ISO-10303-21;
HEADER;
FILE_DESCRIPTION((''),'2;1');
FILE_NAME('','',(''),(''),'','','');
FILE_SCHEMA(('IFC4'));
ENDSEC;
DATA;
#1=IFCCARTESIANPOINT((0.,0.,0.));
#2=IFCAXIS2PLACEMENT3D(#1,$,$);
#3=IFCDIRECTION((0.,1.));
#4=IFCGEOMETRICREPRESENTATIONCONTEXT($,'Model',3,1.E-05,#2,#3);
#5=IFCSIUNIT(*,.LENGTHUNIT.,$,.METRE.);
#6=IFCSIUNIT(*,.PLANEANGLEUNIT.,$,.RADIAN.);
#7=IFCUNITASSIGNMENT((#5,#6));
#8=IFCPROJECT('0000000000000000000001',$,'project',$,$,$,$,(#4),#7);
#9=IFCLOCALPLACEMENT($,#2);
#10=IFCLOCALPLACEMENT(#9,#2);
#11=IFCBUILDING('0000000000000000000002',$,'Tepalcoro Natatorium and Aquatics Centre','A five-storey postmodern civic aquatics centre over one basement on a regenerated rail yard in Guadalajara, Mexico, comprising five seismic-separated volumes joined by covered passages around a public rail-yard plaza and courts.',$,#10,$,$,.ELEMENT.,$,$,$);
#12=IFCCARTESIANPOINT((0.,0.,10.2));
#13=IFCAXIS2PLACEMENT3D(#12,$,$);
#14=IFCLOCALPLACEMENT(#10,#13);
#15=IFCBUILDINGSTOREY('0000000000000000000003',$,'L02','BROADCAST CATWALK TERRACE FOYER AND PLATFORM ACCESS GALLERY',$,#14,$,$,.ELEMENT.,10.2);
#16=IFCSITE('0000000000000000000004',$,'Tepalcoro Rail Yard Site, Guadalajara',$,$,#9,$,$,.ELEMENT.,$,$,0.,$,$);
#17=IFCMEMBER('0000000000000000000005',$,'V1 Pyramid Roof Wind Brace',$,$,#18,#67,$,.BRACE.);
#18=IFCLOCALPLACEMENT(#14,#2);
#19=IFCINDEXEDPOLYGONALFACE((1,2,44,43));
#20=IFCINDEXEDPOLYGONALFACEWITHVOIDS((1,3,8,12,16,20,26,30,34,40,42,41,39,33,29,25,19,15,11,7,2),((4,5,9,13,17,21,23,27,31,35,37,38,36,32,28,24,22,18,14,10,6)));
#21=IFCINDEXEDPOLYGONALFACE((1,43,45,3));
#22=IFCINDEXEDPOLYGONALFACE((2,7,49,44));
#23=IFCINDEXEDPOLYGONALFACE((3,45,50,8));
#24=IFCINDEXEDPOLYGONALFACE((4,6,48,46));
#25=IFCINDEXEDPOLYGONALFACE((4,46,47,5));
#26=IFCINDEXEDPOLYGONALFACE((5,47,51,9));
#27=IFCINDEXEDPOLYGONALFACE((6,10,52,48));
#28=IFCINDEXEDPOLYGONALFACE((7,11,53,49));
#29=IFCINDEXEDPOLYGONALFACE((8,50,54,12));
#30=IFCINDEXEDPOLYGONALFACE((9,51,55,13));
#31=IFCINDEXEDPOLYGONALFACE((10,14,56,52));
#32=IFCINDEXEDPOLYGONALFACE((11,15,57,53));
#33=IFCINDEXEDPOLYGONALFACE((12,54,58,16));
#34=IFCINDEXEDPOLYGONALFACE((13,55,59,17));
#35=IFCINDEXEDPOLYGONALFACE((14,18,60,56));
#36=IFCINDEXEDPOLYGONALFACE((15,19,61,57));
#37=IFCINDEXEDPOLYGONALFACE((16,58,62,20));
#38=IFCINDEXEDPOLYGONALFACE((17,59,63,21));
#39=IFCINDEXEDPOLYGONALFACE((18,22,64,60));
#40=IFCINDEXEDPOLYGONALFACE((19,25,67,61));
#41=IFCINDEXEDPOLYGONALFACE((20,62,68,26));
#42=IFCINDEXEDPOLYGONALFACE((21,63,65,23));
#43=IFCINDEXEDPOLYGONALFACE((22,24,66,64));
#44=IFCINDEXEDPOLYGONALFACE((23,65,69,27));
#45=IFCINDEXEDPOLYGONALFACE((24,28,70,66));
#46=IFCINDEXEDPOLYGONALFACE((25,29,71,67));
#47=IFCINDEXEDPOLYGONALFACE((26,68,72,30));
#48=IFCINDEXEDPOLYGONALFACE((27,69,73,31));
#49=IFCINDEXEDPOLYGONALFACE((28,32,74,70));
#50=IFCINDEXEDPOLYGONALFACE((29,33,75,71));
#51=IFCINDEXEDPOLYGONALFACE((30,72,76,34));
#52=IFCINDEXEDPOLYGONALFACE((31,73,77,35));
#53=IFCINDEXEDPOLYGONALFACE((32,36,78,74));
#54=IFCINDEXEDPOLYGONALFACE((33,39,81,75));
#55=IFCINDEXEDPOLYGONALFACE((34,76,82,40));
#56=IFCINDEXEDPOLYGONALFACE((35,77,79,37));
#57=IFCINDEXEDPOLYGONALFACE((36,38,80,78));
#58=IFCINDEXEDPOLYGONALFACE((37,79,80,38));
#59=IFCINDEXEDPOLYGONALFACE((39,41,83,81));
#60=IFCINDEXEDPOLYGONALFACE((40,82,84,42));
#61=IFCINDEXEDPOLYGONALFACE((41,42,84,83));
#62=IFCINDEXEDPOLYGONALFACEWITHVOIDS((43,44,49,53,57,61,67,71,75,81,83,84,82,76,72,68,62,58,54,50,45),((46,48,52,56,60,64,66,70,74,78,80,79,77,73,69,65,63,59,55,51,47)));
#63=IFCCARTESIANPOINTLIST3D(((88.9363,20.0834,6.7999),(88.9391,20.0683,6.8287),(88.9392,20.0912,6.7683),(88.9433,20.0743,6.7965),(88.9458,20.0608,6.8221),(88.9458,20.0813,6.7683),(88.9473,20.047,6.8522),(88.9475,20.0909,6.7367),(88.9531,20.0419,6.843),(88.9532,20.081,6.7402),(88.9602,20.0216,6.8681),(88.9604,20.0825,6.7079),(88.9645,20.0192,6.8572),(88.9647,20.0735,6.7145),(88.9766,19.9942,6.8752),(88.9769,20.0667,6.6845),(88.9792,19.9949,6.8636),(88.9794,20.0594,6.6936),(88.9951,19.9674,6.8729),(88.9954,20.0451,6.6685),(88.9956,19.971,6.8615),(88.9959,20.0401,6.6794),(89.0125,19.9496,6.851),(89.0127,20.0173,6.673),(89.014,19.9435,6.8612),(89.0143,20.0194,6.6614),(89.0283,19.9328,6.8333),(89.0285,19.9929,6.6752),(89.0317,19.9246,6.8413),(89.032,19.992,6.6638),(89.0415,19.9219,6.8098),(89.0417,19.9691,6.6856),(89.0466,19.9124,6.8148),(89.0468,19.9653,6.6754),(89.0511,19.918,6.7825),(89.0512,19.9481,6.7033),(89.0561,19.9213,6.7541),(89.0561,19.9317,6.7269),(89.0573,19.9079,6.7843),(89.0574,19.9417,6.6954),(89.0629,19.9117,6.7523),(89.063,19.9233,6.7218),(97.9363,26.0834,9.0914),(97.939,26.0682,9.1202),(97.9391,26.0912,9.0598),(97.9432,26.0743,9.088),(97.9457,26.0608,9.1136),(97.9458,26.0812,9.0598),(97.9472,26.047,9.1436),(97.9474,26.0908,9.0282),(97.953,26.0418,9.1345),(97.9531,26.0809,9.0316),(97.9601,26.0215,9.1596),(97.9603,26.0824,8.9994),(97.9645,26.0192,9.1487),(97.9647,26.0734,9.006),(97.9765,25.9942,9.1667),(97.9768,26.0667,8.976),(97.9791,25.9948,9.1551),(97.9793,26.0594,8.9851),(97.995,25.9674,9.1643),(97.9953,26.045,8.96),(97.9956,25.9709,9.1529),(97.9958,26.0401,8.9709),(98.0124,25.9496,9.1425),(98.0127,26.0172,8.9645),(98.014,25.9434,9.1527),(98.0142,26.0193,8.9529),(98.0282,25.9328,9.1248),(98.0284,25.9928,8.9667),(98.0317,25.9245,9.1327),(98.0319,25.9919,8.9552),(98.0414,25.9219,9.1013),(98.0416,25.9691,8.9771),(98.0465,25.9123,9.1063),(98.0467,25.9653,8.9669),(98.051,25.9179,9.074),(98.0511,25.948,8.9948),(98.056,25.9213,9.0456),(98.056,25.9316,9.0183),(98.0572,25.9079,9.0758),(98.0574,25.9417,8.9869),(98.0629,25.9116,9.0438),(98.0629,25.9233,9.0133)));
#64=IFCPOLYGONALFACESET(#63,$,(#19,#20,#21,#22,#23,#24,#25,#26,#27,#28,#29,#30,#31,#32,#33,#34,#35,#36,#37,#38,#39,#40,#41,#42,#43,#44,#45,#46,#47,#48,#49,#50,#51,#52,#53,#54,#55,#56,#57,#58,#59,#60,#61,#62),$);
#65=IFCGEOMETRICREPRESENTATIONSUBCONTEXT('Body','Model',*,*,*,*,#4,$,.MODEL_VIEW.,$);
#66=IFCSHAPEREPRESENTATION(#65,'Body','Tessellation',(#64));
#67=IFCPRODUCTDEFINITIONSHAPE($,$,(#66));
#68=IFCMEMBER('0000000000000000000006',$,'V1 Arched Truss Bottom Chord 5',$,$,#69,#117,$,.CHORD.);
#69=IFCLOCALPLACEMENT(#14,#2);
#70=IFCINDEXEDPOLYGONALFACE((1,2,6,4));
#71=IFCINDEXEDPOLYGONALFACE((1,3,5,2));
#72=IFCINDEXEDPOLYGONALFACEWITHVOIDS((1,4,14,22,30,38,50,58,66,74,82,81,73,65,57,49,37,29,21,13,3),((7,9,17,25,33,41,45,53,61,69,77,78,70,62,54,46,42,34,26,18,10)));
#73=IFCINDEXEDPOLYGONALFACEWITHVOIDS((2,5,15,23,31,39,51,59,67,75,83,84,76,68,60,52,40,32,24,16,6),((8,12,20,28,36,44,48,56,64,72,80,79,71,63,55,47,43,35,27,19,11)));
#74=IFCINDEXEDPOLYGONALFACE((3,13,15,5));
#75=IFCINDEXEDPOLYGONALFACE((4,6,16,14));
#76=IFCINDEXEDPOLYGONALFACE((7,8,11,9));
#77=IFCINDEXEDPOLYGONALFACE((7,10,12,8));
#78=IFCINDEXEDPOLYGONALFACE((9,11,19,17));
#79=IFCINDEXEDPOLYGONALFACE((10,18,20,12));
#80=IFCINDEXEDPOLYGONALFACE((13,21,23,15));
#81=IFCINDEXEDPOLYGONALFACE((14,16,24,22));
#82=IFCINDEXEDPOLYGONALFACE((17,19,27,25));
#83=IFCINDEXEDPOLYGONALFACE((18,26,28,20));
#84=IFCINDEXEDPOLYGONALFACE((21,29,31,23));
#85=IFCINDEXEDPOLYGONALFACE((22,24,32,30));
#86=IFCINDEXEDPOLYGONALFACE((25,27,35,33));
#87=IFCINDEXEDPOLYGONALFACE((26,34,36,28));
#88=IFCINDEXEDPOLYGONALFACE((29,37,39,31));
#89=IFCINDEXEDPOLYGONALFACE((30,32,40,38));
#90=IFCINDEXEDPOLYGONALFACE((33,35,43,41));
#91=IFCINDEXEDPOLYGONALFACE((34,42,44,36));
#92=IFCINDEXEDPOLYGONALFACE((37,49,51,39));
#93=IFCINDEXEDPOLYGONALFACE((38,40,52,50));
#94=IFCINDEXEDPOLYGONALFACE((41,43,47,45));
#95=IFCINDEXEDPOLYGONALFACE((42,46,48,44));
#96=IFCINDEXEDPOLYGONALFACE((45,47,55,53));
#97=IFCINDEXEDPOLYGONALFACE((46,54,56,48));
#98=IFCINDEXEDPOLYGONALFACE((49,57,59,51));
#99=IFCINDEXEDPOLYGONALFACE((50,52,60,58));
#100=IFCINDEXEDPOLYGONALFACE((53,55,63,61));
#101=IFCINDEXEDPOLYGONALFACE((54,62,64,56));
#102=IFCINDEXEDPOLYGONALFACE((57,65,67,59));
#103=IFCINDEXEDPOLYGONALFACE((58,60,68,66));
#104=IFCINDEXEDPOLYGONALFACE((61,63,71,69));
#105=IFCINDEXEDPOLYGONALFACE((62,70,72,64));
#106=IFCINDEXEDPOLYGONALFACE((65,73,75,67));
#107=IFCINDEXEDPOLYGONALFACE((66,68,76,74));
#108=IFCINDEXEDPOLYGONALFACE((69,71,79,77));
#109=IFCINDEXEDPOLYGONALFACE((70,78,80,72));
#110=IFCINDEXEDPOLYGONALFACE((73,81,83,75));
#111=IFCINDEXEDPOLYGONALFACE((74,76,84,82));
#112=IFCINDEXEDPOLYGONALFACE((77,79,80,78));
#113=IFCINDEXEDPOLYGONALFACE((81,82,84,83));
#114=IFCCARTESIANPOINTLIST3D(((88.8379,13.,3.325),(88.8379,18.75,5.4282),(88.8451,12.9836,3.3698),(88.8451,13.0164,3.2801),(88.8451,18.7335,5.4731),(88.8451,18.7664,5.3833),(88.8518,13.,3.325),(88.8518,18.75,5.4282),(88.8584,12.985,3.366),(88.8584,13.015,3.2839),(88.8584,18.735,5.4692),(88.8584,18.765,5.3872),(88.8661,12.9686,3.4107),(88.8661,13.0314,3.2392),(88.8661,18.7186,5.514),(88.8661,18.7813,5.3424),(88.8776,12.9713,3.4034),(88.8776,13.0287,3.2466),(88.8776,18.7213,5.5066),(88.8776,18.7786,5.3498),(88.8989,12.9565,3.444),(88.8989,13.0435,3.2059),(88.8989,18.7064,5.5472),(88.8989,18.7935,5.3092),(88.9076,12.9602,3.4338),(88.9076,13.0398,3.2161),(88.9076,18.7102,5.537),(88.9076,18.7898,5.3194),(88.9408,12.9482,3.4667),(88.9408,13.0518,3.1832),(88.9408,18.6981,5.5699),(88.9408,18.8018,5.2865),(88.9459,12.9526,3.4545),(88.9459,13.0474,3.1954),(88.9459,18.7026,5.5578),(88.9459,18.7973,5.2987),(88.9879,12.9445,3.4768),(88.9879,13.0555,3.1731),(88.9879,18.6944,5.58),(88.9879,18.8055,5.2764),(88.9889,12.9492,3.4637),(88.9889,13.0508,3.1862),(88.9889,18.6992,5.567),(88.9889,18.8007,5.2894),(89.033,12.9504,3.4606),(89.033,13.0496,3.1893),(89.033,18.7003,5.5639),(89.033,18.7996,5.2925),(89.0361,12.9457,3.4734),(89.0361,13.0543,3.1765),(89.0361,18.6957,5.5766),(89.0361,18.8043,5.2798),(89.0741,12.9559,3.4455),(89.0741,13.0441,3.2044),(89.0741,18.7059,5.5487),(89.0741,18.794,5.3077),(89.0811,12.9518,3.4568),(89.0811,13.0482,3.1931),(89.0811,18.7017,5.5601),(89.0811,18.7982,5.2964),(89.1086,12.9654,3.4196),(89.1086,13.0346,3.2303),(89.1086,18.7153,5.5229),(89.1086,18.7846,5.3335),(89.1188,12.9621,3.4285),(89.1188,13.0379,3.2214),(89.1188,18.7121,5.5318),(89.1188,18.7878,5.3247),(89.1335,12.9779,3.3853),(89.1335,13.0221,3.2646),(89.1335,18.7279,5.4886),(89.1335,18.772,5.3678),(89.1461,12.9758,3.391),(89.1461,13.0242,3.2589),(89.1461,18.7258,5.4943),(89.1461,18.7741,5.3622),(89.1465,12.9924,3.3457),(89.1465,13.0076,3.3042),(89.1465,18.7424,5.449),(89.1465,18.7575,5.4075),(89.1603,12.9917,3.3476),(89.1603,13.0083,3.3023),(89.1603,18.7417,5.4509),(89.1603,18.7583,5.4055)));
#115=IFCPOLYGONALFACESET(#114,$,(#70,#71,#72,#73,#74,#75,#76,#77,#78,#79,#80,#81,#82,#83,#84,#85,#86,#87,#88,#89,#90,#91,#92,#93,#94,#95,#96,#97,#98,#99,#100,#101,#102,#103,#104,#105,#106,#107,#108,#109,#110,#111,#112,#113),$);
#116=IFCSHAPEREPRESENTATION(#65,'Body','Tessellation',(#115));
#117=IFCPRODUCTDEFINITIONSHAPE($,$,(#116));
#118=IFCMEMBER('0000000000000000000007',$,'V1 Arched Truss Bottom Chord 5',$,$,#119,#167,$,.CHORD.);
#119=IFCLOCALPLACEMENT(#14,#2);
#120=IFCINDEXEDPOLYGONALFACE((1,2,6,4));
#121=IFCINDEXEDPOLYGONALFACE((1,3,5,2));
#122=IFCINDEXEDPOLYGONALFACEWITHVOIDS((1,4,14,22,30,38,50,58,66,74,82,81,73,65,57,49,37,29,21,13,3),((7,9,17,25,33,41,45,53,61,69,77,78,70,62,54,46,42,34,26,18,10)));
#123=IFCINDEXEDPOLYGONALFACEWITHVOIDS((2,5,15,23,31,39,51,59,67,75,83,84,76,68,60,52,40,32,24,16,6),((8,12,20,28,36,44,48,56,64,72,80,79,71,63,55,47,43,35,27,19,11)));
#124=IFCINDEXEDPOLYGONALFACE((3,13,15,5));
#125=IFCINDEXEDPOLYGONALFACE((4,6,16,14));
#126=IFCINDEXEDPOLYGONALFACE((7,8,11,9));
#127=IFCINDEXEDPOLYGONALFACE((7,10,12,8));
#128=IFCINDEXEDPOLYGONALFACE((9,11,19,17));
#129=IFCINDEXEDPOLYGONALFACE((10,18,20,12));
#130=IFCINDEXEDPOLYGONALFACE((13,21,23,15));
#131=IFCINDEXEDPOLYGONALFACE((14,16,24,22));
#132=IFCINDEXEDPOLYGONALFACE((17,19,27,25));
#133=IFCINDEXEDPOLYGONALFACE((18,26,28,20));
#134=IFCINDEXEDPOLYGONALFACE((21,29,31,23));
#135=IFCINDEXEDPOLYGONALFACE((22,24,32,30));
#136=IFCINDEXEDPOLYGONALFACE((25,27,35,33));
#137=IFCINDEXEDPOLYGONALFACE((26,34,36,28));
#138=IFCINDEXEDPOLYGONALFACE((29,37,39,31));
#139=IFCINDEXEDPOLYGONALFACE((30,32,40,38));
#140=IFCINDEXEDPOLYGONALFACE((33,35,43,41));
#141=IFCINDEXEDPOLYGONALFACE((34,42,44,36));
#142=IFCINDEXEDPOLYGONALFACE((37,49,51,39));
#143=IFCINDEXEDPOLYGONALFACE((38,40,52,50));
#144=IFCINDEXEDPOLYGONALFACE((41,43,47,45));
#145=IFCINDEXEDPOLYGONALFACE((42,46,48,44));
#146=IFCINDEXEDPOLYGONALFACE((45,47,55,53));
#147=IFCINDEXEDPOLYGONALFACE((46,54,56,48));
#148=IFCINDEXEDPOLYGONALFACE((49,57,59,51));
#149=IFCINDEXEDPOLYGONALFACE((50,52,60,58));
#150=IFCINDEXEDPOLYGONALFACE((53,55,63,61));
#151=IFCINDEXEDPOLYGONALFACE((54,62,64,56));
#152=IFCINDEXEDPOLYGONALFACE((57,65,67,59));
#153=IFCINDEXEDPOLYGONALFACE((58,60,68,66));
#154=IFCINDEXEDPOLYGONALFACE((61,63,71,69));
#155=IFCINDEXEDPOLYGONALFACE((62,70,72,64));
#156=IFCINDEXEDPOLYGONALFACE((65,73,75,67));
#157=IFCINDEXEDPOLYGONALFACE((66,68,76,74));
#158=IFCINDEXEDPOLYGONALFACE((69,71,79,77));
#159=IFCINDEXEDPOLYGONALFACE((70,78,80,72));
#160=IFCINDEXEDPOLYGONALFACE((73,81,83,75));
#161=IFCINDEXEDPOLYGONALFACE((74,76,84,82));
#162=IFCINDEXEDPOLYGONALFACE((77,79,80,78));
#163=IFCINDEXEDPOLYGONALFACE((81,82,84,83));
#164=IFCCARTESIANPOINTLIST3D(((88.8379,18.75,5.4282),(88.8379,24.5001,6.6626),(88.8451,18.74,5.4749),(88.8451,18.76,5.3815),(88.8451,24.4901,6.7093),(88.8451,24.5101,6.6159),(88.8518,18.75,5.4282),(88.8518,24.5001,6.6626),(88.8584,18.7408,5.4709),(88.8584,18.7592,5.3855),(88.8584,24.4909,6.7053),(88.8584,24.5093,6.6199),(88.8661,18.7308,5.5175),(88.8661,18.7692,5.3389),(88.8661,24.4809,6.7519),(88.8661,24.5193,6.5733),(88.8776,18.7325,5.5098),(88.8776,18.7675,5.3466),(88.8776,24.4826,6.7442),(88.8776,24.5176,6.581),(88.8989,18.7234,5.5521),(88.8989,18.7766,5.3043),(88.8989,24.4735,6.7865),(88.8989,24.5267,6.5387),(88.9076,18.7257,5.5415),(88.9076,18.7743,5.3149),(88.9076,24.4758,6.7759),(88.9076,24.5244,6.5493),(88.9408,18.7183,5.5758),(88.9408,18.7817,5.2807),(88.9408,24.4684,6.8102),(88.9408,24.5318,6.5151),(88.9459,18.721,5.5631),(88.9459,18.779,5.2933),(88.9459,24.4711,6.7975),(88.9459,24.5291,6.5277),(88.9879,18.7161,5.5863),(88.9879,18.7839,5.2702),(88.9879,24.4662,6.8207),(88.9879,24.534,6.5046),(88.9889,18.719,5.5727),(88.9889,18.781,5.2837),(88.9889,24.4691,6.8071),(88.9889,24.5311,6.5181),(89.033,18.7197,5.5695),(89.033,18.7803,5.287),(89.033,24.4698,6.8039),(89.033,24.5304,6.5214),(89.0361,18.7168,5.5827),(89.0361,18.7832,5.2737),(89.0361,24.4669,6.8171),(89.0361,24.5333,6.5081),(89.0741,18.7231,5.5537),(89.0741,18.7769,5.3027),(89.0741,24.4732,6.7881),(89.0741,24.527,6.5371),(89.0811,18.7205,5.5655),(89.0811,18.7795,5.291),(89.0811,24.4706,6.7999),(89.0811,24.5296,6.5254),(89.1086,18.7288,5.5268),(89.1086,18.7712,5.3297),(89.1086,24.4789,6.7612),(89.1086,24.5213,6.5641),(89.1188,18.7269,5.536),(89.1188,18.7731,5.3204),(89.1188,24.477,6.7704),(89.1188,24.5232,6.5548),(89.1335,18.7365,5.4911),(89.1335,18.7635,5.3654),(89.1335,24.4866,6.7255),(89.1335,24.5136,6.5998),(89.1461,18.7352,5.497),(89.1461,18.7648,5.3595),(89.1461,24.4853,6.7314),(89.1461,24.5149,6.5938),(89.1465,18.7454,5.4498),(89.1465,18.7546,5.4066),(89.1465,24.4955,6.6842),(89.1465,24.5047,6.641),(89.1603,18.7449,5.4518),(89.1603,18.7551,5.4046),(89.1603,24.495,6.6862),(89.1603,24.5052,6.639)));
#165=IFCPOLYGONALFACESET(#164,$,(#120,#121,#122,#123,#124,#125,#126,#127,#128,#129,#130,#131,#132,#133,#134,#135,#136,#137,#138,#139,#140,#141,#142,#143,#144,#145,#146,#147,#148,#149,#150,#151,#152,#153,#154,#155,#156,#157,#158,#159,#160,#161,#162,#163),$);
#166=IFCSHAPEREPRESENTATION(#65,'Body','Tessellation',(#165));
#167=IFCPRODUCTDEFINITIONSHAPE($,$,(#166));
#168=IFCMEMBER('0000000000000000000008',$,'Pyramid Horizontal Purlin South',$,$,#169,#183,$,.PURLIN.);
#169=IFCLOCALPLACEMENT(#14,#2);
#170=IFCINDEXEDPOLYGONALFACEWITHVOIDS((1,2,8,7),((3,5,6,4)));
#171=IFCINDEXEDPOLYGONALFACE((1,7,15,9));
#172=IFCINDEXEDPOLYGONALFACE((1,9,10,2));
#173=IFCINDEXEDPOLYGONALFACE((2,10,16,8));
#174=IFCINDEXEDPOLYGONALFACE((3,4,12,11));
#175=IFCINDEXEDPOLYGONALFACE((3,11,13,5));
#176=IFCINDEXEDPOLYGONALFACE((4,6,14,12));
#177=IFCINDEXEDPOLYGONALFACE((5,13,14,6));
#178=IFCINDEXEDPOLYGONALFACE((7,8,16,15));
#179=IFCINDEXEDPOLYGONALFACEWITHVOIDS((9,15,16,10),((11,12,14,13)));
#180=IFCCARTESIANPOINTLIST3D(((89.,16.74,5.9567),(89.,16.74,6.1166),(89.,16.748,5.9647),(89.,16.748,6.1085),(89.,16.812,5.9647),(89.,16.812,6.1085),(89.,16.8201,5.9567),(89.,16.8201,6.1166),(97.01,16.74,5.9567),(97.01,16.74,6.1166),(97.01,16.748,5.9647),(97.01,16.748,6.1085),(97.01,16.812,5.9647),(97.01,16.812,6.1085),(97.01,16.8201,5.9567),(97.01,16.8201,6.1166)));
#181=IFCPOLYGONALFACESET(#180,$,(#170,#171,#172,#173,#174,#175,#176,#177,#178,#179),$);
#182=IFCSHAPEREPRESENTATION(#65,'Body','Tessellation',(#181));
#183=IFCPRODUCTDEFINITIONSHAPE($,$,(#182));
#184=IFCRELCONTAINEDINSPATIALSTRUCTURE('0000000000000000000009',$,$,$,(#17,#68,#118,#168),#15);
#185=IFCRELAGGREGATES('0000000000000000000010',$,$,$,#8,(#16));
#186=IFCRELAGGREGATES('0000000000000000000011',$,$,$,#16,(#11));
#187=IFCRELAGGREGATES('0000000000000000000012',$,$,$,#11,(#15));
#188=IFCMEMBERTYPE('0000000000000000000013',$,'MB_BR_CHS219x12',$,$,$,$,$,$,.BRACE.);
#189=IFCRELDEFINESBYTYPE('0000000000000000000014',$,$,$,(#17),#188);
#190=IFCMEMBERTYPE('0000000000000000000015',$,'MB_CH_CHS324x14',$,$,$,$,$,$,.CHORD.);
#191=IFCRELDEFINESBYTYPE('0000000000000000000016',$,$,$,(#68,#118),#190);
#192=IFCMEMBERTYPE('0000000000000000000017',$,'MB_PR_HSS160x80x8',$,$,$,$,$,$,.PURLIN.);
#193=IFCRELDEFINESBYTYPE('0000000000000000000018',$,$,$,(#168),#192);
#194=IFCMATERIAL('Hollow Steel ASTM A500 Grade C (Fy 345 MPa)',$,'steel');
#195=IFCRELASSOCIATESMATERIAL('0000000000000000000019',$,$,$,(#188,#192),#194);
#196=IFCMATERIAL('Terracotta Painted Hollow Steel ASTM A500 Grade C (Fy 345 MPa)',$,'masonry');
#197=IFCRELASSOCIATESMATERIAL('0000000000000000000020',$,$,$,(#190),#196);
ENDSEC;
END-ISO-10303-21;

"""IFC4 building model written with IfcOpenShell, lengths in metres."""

from ifc_helpers import new_model, si_unit, direction, frame, origin, origin_2d, place, context, subcontext, project, spatial, hollow_rectangle, hollow_circle, extrude, material, material_profile, profile_set, type_object, element, save


model = new_model("IFC4")

# Units and contexts
model_context = context("Model", 3, precision=1e-05, world=origin(), true_north=direction((0.0, 1.0)))
body_context = subcontext(model_context, "Body", "Model", "MODEL_VIEW")
ifc_project = project(units=[si_unit("LENGTHUNIT", "METRE"), si_unit("PLANEANGLEUNIT", "RADIAN")], contexts=[model_context])

# Site, building, storey
site_placement = place(None, origin())
site = spatial("IfcSite", under=ifc_project, at=site_placement, Name="Tepalcoro Rail Yard Site, Guadalajara", CompositionType="ELEMENT", RefElevation=0.0)
building_placement = place(site_placement, origin())
building = spatial("IfcBuilding", under=site, at=building_placement, Name="Tepalcoro Natatorium and Aquatics Centre", Description="A five-storey postmodern civic aquatics centre over one basement on a regenerated rail yard in Guadalajara, Mexico, comprising five seismic-separated volumes joined by covered passages around a public rail-yard plaza and courts.", CompositionType="ELEMENT")
storey_placement = place(building_placement, frame((0.0, 0.0, 10.2)))
storey = spatial("IfcBuildingStorey", under=building, at=storey_placement, Name="L02", Description="BROADCAST CATWALK TERRACE FOYER AND PLATFORM ACCESS GALLERY", CompositionType="ELEMENT", Elevation=10.2)

# Shared definitions
ifc_material_1 = material(Name="Terracotta Painted Hollow Steel ASTM A500 Grade C (Fy 345 MPa)", Category="masonry")

# Members
ifc_material_2 = material(Name="Hollow Steel ASTM A500 Grade C (Fy 345 MPa)", Category="steel")
ifc_material_profile_1 = material_profile(ifc_material_2, hollow_circle(Radius=0.1096, WallThickness=0.012, at=origin_2d()), Name="CHS219X12")
ifc_profile_set_1 = profile_set([ifc_material_profile_1], Name="Hollow Steel ASTM A500 Grade C (Fy 345 MPa)")
member_type_1 = type_object("IfcMemberType", Name="MB_BR_CHS219x12", PredefinedType="BRACE", material=ifc_profile_set_1)
member_1_placement = place(storey_placement, frame((89.0, 20.0, 6.7683), z_axis=(0.813985, 0.542657, 0.20725), x_axis=(-0.5547, 0.83205, 0.0)))
element("IfcMember", 1, at=member_1_placement, inside=storey, type_object=member_type_1, Name="V1 Pyramid Roof Wind Brace", PredefinedType="BRACE", context=body_context, shape_type="SweptSolid", body=[
    extrude(hollow_circle(Radius=0.1096, WallThickness=0.012, at=origin_2d()), origin(), (0.0, 0.0, 1.0), 11.0566),
])
ifc_material_profile_2 = material_profile(ifc_material_1, hollow_circle(Radius=0.1621, WallThickness=0.0139, at=origin_2d()), Name="CHS324X14")
ifc_profile_set_2 = profile_set([ifc_material_profile_2], Name="Terracotta Painted Hollow Steel ASTM A500 Grade C (Fy 345 MPa)")
member_type_2 = type_object("IfcMemberType", Name="MB_CH_CHS324x14", PredefinedType="CHORD", material=ifc_profile_set_2)
member_2_placement = place(storey_placement, frame((89.0, 13.0, 3.325), z_axis=(0.0, 0.939143, 0.343526), x_axis=(-1.0, 0.0, 0.0)))
element("IfcMember", 2, at=member_2_placement, inside=storey, type_object=member_type_2, Name="V1 Arched Truss Bottom Chord 5", PredefinedType="CHORD", context=body_context, shape_type="SweptSolid", body=[
    extrude(hollow_circle(Radius=0.1621, WallThickness=0.0139, at=origin_2d()), origin(), (0.0, 0.0, 1.0), 6.1226),
])
member_3_placement = place(storey_placement, frame((89.0, 18.75, 5.4282), z_axis=(0.0, 0.977725, 0.209892), x_axis=(-1.0, 0.0, 0.0)))
element("IfcMember", 3, at=member_3_placement, inside=storey, type_object=member_type_2, Name="V1 Arched Truss Bottom Chord 5", PredefinedType="CHORD", context=body_context, shape_type="SweptSolid", body=[
    extrude(hollow_circle(Radius=0.1621, WallThickness=0.0139, at=origin_2d()), origin(), (0.0, 0.0, 1.0), 5.8811),
])
ifc_material_profile_3 = material_profile(ifc_material_2, hollow_rectangle(XDim=0.0801, YDim=0.1599, WallThickness=0.0081, at=origin_2d()), Name="HSS160X80X8")
ifc_profile_set_3 = profile_set([ifc_material_profile_3], Name="Hollow Steel ASTM A500 Grade C (Fy 345 MPa)")
member_type_3 = type_object("IfcMemberType", Name="MB_PR_HSS160x80x8", PredefinedType="PURLIN", material=ifc_profile_set_3)
member_4_placement = place(storey_placement, frame((89.0, 16.78, 6.0366), z_axis=(1.0, 0.0, 0.0), x_axis=(0.0, 1.0, 0.0)))
element("IfcMember", 4, at=member_4_placement, inside=storey, type_object=member_type_3, Name="Pyramid Horizontal Purlin South", PredefinedType="PURLIN", context=body_context, shape_type="SweptSolid", body=[
    extrude(hollow_rectangle(XDim=0.0801, YDim=0.1599, WallThickness=0.0081, at=origin_2d()), origin(), (0.0, 0.0, 1.0), 8.01),
])

save(model, "model.ifc")
